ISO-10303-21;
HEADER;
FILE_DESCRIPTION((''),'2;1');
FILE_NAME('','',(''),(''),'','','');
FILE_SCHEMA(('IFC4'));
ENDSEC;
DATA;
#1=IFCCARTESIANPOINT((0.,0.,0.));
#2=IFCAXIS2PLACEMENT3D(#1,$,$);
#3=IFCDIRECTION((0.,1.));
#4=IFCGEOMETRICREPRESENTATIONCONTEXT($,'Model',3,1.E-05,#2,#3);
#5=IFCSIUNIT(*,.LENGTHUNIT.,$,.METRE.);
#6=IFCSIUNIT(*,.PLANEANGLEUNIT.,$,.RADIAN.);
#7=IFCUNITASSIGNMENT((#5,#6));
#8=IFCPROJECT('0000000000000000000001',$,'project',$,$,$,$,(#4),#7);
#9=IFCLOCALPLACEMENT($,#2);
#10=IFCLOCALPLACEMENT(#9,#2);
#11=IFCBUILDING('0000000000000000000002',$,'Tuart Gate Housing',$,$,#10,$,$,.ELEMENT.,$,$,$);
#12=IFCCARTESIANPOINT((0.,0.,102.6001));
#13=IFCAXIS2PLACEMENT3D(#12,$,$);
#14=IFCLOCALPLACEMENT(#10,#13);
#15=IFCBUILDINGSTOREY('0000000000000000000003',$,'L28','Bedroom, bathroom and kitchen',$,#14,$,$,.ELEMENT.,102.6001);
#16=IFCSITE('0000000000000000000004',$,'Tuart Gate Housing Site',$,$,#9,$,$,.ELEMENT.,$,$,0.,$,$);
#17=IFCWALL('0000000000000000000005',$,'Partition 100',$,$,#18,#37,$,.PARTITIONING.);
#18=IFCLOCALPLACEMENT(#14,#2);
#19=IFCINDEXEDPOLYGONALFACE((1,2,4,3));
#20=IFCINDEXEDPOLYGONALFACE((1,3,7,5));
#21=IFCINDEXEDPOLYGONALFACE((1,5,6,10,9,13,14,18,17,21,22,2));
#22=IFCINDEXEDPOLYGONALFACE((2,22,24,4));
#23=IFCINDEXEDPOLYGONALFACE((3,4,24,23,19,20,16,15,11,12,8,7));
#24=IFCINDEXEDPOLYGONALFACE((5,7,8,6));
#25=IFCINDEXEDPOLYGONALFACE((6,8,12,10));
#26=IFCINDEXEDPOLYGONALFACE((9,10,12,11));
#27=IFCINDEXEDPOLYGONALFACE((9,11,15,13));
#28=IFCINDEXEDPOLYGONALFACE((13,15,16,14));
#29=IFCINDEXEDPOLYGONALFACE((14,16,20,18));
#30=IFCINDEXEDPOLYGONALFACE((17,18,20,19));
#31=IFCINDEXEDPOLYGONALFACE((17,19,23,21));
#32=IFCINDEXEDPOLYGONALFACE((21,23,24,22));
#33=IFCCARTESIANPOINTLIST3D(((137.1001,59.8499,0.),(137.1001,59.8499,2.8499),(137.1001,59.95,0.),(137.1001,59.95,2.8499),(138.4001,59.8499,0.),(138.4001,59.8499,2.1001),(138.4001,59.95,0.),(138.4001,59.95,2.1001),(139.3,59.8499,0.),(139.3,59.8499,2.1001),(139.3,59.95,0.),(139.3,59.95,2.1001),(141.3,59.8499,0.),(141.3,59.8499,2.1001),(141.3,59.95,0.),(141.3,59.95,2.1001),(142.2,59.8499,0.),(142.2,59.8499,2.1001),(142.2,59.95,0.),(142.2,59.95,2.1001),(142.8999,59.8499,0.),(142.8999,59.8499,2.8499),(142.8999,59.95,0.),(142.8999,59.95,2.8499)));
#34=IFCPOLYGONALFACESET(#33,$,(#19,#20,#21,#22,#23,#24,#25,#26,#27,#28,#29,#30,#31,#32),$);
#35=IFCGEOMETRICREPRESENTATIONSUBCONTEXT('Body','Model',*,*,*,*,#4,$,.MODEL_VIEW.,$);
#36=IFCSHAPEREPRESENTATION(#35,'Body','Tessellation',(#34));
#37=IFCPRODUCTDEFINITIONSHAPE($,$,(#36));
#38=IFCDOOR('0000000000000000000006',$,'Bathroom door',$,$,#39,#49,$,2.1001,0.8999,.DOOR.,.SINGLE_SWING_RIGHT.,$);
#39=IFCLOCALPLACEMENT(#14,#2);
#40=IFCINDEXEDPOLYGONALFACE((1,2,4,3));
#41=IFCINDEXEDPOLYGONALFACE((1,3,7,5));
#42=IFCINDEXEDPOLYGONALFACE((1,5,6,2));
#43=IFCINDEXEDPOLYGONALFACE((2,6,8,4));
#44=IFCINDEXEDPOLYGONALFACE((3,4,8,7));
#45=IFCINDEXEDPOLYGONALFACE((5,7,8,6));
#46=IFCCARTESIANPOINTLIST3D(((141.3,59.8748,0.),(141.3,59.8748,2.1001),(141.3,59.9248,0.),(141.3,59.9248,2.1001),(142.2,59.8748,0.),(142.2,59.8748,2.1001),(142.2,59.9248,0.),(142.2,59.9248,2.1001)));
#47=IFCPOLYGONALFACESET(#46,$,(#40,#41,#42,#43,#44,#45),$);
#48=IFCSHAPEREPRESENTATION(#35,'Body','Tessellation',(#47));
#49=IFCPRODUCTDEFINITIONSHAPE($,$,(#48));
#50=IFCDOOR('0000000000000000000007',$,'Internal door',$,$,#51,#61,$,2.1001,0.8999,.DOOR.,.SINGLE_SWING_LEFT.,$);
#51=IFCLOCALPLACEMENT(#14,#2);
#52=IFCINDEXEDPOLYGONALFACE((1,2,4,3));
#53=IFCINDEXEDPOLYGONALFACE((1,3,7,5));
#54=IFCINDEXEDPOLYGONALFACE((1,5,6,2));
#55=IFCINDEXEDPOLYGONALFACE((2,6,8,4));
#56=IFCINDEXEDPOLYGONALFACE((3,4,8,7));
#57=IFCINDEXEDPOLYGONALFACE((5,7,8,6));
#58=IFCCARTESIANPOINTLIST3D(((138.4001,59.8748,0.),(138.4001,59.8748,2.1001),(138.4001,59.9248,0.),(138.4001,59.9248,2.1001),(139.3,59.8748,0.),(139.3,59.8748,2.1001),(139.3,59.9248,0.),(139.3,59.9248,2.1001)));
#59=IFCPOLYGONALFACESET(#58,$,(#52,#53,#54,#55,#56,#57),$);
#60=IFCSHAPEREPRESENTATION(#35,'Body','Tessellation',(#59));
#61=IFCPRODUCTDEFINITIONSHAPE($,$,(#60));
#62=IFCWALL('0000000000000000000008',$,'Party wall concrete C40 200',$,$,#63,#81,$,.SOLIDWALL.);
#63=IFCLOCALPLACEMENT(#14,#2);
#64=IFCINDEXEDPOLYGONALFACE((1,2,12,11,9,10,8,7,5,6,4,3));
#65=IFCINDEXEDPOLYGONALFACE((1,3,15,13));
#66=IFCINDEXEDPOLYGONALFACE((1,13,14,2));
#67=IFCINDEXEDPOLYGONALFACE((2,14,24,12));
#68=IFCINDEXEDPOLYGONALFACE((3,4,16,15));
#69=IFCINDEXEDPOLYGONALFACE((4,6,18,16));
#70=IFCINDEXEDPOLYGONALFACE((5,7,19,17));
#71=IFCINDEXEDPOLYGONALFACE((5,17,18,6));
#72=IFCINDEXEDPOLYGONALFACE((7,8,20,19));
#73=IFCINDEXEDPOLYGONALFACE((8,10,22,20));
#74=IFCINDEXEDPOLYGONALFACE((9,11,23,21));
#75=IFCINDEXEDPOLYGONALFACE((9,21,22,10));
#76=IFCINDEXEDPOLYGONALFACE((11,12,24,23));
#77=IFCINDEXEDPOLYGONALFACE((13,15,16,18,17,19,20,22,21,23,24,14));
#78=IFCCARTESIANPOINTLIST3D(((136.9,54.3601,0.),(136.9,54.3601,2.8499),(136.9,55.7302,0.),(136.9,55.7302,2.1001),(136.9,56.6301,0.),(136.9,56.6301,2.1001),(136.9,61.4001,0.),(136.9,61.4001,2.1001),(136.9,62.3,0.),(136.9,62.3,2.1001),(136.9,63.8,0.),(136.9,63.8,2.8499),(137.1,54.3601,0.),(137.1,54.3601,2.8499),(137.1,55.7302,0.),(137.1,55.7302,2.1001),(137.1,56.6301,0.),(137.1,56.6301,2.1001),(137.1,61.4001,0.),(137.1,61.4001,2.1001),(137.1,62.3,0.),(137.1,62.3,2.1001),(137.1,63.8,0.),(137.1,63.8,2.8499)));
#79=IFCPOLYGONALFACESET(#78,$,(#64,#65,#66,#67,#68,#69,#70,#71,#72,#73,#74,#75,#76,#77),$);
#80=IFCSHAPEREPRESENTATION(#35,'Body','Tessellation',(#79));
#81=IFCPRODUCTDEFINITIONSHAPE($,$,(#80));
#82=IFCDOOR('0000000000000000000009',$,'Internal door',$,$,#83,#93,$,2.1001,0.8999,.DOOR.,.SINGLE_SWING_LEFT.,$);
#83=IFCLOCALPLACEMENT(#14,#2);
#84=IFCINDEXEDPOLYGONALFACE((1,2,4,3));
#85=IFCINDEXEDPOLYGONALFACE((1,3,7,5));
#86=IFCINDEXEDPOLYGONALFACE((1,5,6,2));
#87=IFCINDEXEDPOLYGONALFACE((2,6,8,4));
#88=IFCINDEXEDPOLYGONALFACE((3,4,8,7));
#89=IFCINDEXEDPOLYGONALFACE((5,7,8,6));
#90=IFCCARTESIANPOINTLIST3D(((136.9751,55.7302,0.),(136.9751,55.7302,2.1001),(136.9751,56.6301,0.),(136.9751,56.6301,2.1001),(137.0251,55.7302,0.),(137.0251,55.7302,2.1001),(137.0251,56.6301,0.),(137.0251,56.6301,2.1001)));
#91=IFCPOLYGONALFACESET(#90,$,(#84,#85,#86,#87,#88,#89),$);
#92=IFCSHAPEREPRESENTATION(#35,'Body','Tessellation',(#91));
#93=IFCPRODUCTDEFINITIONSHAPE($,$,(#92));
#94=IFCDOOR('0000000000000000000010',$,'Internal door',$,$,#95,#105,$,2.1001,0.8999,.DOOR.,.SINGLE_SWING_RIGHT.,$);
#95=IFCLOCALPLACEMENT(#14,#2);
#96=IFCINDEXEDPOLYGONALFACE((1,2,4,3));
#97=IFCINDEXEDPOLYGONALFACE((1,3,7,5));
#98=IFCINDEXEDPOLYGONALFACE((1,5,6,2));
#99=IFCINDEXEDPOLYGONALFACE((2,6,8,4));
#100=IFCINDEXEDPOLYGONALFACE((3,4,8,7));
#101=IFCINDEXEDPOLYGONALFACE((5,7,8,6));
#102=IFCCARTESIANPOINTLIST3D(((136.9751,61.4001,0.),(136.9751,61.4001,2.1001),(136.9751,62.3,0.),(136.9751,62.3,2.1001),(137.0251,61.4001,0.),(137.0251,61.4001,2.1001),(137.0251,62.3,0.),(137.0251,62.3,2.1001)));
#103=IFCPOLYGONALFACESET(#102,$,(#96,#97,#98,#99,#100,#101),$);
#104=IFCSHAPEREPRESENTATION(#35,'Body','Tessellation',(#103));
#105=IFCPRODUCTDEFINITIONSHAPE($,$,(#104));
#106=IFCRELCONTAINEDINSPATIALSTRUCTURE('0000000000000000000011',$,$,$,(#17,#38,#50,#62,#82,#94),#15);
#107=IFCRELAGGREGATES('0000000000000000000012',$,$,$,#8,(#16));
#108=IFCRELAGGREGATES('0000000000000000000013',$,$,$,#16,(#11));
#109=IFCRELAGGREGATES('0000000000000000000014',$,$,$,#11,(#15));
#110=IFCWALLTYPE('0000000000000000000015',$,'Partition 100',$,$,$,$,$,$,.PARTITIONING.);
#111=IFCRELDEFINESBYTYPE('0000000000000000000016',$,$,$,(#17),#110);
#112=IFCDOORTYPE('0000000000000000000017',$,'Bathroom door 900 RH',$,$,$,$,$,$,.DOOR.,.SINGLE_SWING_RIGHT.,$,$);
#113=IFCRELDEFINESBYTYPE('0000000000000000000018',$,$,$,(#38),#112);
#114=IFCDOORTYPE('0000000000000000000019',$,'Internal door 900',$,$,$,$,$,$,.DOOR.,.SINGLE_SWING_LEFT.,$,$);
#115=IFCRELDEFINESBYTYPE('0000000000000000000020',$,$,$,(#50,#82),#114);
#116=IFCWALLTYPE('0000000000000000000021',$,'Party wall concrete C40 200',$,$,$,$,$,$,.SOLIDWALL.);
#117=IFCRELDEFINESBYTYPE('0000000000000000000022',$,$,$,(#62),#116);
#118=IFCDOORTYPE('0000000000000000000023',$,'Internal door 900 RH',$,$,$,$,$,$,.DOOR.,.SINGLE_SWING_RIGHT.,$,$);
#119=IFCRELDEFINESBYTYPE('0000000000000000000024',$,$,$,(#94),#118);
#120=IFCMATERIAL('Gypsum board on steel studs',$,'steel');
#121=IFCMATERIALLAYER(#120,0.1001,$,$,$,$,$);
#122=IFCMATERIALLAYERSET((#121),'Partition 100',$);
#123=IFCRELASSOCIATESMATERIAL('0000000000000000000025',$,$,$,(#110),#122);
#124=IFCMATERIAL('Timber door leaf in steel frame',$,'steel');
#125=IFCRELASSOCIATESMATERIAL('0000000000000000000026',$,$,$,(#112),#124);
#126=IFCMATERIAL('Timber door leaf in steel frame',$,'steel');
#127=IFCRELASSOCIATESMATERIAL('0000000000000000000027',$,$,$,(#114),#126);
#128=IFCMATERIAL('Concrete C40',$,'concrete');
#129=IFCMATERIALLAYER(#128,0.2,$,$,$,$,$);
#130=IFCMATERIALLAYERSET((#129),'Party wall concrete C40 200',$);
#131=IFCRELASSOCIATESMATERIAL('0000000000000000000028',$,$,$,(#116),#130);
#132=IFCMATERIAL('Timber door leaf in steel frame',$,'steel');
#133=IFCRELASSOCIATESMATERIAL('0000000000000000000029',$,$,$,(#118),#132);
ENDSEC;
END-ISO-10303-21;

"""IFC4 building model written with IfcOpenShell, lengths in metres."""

from ifc_helpers import new_model, si_unit, direction, frame, frame_2d, origin, place, context, subcontext, project, spatial, rectangle, extrude, material, layer, layer_set, type_object, element, fill, save


model = new_model("IFC4")

# Units and contexts
model_context = context("Model", 3, precision=1e-05, world=origin(), true_north=direction((0.0, 1.0)))
body_context = subcontext(model_context, "Body", "Model", "MODEL_VIEW")
ifc_project = project(units=[si_unit("LENGTHUNIT", "METRE"), si_unit("PLANEANGLEUNIT", "RADIAN")], contexts=[model_context])

# Site, building, storey
site_placement = place(None, origin())
site = spatial("IfcSite", under=ifc_project, at=site_placement, Name="Tuart Gate Housing Site", CompositionType="ELEMENT", RefElevation=0.0)
building_placement = place(site_placement, origin())
building = spatial("IfcBuilding", under=site, at=building_placement, Name="Tuart Gate Housing", CompositionType="ELEMENT")
storey_placement = place(building_placement, frame((0.0, 0.0, 102.6001)))
storey = spatial("IfcBuildingStorey", under=building, at=storey_placement, Name="L28", Description="Bedroom, bathroom and kitchen", CompositionType="ELEMENT", Elevation=102.6001)

# Walls, openings, doors
ifc_material_1 = material(Name="Gypsum board on steel studs", Category="steel")
ifc_layer_1 = layer(ifc_material_1, 0.1001)
ifc_layer_set_1 = layer_set([ifc_layer_1], Name="Partition 100")
wall_type_1 = type_object("IfcWallType", Name="Partition 100", PredefinedType="PARTITIONING", material=ifc_layer_set_1)
wall_1_placement = place(storey_placement, frame((137.1001, 59.8999, 0.0), z_axis=(0.0, 0.0, 1.0), x_axis=(1.0, 0.0, 0.0)))
wall_1 = element("IfcWall", 1, at=wall_1_placement, inside=storey, type_object=wall_type_1, Name="Partition 100", PredefinedType="PARTITIONING", context=body_context, shape_type="SweptSolid", body=[
    extrude(rectangle(XDim=5.7998, YDim=0.1001, at=frame_2d((2.8999, 0.0))), origin(), (0.0, 0.0, 1.0), 2.8499),
])
opening_1_placement = place(wall_1_placement, frame((1.3, 0.0, 0.0)))
opening_1 = element("IfcOpeningElement", 2, at=opening_1_placement, cuts=wall_1, PredefinedType="OPENING", context=body_context, shape_type="SweptSolid", body=[
    extrude(rectangle(XDim=0.8999, YDim=2.1001, at=frame_2d((0.45, 1.05))), frame((0.0, 0.0601, 0.0), z_axis=(0.0, -1.0, 0.0), x_axis=(1.0, 0.0, 0.0)), (0.0, 0.0, 1.0), 0.1201),
])
opening_2_placement = place(wall_1_placement, frame((4.2, 0.0, 0.0)))
opening_2 = element("IfcOpeningElement", 3, at=opening_2_placement, cuts=wall_1, PredefinedType="OPENING", context=body_context, shape_type="SweptSolid", body=[
    extrude(rectangle(XDim=0.8999, YDim=2.1001, at=frame_2d((0.45, 1.05))), frame((0.0, 0.0601, 0.0), z_axis=(0.0, -1.0, 0.0), x_axis=(1.0, 0.0, 0.0)), (0.0, 0.0, 1.0), 0.1201),
])
ifc_material_2 = material(Name="Timber door leaf in steel frame", Category="steel")
door_type_1 = type_object("IfcDoorType", Name="Bathroom door 900 RH", OperationType="SINGLE_SWING_RIGHT", PredefinedType="DOOR", material=ifc_material_2)
door_1_placement = place(opening_2_placement, frame((0.8999, 0.0, 0.0), z_axis=(0.0, 0.0, 1.0), x_axis=(-1.0, 0.0, 0.0)))
door_1 = element("IfcDoor", 4, at=door_1_placement, inside=storey, type_object=door_type_1, Name="Bathroom door", OperationType="SINGLE_SWING_RIGHT", OverallHeight=2.1001, OverallWidth=0.8999, PredefinedType="DOOR", context=body_context, shape_type="SweptSolid", body=[
    extrude(rectangle(XDim=0.8999, YDim=2.1001, at=frame_2d((0.45, 1.05))), frame((0.0, 0.0251, 0.0), z_axis=(0.0, -1.0, 0.0), x_axis=(1.0, 0.0, 0.0)), (0.0, 0.0, 1.0), 0.05),
])
fill(opening_2, door_1)
ifc_material_3 = material(Name="Timber door leaf in steel frame", Category="steel")
door_type_2 = type_object("IfcDoorType", Name="Internal door 900", OperationType="SINGLE_SWING_LEFT", PredefinedType="DOOR", material=ifc_material_3)
door_2_placement = place(opening_1_placement, origin())
door_2 = element("IfcDoor", 5, at=door_2_placement, inside=storey, type_object=door_type_2, Name="Internal door", OperationType="SINGLE_SWING_LEFT", OverallHeight=2.1001, OverallWidth=0.8999, PredefinedType="DOOR", context=body_context, shape_type="SweptSolid", body=[
    extrude(rectangle(XDim=0.8999, YDim=2.1001, at=frame_2d((0.45, 1.05))), frame((0.0, 0.0249, 0.0), z_axis=(0.0, -1.0, 0.0), x_axis=(1.0, 0.0, 0.0)), (0.0, 0.0, 1.0), 0.05),
])
fill(opening_1, door_2)
ifc_material_4 = material(Name="Concrete C40", Category="concrete")
ifc_layer_2 = layer(ifc_material_4, 0.2)
ifc_layer_set_2 = layer_set([ifc_layer_2], Name="Party wall concrete C40 200")
wall_type_2 = type_object("IfcWallType", Name="Party wall concrete C40 200", PredefinedType="SOLIDWALL", material=ifc_layer_set_2)
wall_2_placement = place(storey_placement, frame((137.0, 54.3601, 0.0), z_axis=(0.0, 0.0, 1.0), x_axis=(0.0, 1.0, 0.0)))
wall_2 = element("IfcWall", 6, at=wall_2_placement, inside=storey, type_object=wall_type_2, Name="Party wall concrete C40 200", PredefinedType="SOLIDWALL", context=body_context, shape_type="SweptSolid", body=[
    extrude(rectangle(XDim=9.4399, YDim=0.2, at=frame_2d((4.72, 0.0))), origin(), (0.0, 0.0, 1.0), 2.8499),
])
opening_3_placement = place(wall_2_placement, frame((1.3701, 0.0, 0.0)))
opening_3 = element("IfcOpeningElement", 7, at=opening_3_placement, cuts=wall_2, PredefinedType="OPENING", context=body_context, shape_type="SweptSolid", body=[
    extrude(rectangle(XDim=0.8999, YDim=2.1001, at=frame_2d((0.45, 1.05))), frame((0.0, 0.1099, 0.0), z_axis=(0.0, -1.0, 0.0), x_axis=(1.0, 0.0, 0.0)), (0.0, 0.0, 1.0), 0.22),
])
opening_4_placement = place(wall_2_placement, frame((7.04, 0.0, 0.0)))
opening_4 = element("IfcOpeningElement", 8, at=opening_4_placement, cuts=wall_2, PredefinedType="OPENING", context=body_context, shape_type="SweptSolid", body=[
    extrude(rectangle(XDim=0.8999, YDim=2.1001, at=frame_2d((0.45, 1.05))), frame((0.0, 0.1099, 0.0), z_axis=(0.0, -1.0, 0.0), x_axis=(1.0, 0.0, 0.0)), (0.0, 0.0, 1.0), 0.22),
])
door_3_placement = place(opening_3_placement, origin())
door_3 = element("IfcDoor", 9, at=door_3_placement, inside=storey, type_object=door_type_2, Name="Internal door", OperationType="SINGLE_SWING_LEFT", OverallHeight=2.1001, OverallWidth=0.8999, PredefinedType="DOOR", context=body_context, shape_type="SweptSolid", body=[
    extrude(rectangle(XDim=0.8999, YDim=2.1001, at=frame_2d((0.45, 1.05))), frame((0.0, 0.0249, 0.0), z_axis=(0.0, -1.0, 0.0), x_axis=(1.0, 0.0, 0.0)), (0.0, 0.0, 1.0), 0.05),
])
fill(opening_3, door_3)
ifc_material_5 = material(Name="Timber door leaf in steel frame", Category="steel")
door_type_3 = type_object("IfcDoorType", Name="Internal door 900 RH", OperationType="SINGLE_SWING_RIGHT", PredefinedType="DOOR", material=ifc_material_5)
door_4_placement = place(opening_4_placement, origin())
door_4 = element("IfcDoor", 10, at=door_4_placement, inside=storey, type_object=door_type_3, Name="Internal door", OperationType="SINGLE_SWING_RIGHT", OverallHeight=2.1001, OverallWidth=0.8999, PredefinedType="DOOR", context=body_context, shape_type="SweptSolid", body=[
    extrude(rectangle(XDim=0.8999, YDim=2.1001, at=frame_2d((0.45, 1.05))), frame((0.0, 0.0249, 0.0), z_axis=(0.0, -1.0, 0.0), x_axis=(1.0, 0.0, 0.0)), (0.0, 0.0, 1.0), 0.05),
])
fill(opening_4, door_4)

save(model, "model.ifc")
